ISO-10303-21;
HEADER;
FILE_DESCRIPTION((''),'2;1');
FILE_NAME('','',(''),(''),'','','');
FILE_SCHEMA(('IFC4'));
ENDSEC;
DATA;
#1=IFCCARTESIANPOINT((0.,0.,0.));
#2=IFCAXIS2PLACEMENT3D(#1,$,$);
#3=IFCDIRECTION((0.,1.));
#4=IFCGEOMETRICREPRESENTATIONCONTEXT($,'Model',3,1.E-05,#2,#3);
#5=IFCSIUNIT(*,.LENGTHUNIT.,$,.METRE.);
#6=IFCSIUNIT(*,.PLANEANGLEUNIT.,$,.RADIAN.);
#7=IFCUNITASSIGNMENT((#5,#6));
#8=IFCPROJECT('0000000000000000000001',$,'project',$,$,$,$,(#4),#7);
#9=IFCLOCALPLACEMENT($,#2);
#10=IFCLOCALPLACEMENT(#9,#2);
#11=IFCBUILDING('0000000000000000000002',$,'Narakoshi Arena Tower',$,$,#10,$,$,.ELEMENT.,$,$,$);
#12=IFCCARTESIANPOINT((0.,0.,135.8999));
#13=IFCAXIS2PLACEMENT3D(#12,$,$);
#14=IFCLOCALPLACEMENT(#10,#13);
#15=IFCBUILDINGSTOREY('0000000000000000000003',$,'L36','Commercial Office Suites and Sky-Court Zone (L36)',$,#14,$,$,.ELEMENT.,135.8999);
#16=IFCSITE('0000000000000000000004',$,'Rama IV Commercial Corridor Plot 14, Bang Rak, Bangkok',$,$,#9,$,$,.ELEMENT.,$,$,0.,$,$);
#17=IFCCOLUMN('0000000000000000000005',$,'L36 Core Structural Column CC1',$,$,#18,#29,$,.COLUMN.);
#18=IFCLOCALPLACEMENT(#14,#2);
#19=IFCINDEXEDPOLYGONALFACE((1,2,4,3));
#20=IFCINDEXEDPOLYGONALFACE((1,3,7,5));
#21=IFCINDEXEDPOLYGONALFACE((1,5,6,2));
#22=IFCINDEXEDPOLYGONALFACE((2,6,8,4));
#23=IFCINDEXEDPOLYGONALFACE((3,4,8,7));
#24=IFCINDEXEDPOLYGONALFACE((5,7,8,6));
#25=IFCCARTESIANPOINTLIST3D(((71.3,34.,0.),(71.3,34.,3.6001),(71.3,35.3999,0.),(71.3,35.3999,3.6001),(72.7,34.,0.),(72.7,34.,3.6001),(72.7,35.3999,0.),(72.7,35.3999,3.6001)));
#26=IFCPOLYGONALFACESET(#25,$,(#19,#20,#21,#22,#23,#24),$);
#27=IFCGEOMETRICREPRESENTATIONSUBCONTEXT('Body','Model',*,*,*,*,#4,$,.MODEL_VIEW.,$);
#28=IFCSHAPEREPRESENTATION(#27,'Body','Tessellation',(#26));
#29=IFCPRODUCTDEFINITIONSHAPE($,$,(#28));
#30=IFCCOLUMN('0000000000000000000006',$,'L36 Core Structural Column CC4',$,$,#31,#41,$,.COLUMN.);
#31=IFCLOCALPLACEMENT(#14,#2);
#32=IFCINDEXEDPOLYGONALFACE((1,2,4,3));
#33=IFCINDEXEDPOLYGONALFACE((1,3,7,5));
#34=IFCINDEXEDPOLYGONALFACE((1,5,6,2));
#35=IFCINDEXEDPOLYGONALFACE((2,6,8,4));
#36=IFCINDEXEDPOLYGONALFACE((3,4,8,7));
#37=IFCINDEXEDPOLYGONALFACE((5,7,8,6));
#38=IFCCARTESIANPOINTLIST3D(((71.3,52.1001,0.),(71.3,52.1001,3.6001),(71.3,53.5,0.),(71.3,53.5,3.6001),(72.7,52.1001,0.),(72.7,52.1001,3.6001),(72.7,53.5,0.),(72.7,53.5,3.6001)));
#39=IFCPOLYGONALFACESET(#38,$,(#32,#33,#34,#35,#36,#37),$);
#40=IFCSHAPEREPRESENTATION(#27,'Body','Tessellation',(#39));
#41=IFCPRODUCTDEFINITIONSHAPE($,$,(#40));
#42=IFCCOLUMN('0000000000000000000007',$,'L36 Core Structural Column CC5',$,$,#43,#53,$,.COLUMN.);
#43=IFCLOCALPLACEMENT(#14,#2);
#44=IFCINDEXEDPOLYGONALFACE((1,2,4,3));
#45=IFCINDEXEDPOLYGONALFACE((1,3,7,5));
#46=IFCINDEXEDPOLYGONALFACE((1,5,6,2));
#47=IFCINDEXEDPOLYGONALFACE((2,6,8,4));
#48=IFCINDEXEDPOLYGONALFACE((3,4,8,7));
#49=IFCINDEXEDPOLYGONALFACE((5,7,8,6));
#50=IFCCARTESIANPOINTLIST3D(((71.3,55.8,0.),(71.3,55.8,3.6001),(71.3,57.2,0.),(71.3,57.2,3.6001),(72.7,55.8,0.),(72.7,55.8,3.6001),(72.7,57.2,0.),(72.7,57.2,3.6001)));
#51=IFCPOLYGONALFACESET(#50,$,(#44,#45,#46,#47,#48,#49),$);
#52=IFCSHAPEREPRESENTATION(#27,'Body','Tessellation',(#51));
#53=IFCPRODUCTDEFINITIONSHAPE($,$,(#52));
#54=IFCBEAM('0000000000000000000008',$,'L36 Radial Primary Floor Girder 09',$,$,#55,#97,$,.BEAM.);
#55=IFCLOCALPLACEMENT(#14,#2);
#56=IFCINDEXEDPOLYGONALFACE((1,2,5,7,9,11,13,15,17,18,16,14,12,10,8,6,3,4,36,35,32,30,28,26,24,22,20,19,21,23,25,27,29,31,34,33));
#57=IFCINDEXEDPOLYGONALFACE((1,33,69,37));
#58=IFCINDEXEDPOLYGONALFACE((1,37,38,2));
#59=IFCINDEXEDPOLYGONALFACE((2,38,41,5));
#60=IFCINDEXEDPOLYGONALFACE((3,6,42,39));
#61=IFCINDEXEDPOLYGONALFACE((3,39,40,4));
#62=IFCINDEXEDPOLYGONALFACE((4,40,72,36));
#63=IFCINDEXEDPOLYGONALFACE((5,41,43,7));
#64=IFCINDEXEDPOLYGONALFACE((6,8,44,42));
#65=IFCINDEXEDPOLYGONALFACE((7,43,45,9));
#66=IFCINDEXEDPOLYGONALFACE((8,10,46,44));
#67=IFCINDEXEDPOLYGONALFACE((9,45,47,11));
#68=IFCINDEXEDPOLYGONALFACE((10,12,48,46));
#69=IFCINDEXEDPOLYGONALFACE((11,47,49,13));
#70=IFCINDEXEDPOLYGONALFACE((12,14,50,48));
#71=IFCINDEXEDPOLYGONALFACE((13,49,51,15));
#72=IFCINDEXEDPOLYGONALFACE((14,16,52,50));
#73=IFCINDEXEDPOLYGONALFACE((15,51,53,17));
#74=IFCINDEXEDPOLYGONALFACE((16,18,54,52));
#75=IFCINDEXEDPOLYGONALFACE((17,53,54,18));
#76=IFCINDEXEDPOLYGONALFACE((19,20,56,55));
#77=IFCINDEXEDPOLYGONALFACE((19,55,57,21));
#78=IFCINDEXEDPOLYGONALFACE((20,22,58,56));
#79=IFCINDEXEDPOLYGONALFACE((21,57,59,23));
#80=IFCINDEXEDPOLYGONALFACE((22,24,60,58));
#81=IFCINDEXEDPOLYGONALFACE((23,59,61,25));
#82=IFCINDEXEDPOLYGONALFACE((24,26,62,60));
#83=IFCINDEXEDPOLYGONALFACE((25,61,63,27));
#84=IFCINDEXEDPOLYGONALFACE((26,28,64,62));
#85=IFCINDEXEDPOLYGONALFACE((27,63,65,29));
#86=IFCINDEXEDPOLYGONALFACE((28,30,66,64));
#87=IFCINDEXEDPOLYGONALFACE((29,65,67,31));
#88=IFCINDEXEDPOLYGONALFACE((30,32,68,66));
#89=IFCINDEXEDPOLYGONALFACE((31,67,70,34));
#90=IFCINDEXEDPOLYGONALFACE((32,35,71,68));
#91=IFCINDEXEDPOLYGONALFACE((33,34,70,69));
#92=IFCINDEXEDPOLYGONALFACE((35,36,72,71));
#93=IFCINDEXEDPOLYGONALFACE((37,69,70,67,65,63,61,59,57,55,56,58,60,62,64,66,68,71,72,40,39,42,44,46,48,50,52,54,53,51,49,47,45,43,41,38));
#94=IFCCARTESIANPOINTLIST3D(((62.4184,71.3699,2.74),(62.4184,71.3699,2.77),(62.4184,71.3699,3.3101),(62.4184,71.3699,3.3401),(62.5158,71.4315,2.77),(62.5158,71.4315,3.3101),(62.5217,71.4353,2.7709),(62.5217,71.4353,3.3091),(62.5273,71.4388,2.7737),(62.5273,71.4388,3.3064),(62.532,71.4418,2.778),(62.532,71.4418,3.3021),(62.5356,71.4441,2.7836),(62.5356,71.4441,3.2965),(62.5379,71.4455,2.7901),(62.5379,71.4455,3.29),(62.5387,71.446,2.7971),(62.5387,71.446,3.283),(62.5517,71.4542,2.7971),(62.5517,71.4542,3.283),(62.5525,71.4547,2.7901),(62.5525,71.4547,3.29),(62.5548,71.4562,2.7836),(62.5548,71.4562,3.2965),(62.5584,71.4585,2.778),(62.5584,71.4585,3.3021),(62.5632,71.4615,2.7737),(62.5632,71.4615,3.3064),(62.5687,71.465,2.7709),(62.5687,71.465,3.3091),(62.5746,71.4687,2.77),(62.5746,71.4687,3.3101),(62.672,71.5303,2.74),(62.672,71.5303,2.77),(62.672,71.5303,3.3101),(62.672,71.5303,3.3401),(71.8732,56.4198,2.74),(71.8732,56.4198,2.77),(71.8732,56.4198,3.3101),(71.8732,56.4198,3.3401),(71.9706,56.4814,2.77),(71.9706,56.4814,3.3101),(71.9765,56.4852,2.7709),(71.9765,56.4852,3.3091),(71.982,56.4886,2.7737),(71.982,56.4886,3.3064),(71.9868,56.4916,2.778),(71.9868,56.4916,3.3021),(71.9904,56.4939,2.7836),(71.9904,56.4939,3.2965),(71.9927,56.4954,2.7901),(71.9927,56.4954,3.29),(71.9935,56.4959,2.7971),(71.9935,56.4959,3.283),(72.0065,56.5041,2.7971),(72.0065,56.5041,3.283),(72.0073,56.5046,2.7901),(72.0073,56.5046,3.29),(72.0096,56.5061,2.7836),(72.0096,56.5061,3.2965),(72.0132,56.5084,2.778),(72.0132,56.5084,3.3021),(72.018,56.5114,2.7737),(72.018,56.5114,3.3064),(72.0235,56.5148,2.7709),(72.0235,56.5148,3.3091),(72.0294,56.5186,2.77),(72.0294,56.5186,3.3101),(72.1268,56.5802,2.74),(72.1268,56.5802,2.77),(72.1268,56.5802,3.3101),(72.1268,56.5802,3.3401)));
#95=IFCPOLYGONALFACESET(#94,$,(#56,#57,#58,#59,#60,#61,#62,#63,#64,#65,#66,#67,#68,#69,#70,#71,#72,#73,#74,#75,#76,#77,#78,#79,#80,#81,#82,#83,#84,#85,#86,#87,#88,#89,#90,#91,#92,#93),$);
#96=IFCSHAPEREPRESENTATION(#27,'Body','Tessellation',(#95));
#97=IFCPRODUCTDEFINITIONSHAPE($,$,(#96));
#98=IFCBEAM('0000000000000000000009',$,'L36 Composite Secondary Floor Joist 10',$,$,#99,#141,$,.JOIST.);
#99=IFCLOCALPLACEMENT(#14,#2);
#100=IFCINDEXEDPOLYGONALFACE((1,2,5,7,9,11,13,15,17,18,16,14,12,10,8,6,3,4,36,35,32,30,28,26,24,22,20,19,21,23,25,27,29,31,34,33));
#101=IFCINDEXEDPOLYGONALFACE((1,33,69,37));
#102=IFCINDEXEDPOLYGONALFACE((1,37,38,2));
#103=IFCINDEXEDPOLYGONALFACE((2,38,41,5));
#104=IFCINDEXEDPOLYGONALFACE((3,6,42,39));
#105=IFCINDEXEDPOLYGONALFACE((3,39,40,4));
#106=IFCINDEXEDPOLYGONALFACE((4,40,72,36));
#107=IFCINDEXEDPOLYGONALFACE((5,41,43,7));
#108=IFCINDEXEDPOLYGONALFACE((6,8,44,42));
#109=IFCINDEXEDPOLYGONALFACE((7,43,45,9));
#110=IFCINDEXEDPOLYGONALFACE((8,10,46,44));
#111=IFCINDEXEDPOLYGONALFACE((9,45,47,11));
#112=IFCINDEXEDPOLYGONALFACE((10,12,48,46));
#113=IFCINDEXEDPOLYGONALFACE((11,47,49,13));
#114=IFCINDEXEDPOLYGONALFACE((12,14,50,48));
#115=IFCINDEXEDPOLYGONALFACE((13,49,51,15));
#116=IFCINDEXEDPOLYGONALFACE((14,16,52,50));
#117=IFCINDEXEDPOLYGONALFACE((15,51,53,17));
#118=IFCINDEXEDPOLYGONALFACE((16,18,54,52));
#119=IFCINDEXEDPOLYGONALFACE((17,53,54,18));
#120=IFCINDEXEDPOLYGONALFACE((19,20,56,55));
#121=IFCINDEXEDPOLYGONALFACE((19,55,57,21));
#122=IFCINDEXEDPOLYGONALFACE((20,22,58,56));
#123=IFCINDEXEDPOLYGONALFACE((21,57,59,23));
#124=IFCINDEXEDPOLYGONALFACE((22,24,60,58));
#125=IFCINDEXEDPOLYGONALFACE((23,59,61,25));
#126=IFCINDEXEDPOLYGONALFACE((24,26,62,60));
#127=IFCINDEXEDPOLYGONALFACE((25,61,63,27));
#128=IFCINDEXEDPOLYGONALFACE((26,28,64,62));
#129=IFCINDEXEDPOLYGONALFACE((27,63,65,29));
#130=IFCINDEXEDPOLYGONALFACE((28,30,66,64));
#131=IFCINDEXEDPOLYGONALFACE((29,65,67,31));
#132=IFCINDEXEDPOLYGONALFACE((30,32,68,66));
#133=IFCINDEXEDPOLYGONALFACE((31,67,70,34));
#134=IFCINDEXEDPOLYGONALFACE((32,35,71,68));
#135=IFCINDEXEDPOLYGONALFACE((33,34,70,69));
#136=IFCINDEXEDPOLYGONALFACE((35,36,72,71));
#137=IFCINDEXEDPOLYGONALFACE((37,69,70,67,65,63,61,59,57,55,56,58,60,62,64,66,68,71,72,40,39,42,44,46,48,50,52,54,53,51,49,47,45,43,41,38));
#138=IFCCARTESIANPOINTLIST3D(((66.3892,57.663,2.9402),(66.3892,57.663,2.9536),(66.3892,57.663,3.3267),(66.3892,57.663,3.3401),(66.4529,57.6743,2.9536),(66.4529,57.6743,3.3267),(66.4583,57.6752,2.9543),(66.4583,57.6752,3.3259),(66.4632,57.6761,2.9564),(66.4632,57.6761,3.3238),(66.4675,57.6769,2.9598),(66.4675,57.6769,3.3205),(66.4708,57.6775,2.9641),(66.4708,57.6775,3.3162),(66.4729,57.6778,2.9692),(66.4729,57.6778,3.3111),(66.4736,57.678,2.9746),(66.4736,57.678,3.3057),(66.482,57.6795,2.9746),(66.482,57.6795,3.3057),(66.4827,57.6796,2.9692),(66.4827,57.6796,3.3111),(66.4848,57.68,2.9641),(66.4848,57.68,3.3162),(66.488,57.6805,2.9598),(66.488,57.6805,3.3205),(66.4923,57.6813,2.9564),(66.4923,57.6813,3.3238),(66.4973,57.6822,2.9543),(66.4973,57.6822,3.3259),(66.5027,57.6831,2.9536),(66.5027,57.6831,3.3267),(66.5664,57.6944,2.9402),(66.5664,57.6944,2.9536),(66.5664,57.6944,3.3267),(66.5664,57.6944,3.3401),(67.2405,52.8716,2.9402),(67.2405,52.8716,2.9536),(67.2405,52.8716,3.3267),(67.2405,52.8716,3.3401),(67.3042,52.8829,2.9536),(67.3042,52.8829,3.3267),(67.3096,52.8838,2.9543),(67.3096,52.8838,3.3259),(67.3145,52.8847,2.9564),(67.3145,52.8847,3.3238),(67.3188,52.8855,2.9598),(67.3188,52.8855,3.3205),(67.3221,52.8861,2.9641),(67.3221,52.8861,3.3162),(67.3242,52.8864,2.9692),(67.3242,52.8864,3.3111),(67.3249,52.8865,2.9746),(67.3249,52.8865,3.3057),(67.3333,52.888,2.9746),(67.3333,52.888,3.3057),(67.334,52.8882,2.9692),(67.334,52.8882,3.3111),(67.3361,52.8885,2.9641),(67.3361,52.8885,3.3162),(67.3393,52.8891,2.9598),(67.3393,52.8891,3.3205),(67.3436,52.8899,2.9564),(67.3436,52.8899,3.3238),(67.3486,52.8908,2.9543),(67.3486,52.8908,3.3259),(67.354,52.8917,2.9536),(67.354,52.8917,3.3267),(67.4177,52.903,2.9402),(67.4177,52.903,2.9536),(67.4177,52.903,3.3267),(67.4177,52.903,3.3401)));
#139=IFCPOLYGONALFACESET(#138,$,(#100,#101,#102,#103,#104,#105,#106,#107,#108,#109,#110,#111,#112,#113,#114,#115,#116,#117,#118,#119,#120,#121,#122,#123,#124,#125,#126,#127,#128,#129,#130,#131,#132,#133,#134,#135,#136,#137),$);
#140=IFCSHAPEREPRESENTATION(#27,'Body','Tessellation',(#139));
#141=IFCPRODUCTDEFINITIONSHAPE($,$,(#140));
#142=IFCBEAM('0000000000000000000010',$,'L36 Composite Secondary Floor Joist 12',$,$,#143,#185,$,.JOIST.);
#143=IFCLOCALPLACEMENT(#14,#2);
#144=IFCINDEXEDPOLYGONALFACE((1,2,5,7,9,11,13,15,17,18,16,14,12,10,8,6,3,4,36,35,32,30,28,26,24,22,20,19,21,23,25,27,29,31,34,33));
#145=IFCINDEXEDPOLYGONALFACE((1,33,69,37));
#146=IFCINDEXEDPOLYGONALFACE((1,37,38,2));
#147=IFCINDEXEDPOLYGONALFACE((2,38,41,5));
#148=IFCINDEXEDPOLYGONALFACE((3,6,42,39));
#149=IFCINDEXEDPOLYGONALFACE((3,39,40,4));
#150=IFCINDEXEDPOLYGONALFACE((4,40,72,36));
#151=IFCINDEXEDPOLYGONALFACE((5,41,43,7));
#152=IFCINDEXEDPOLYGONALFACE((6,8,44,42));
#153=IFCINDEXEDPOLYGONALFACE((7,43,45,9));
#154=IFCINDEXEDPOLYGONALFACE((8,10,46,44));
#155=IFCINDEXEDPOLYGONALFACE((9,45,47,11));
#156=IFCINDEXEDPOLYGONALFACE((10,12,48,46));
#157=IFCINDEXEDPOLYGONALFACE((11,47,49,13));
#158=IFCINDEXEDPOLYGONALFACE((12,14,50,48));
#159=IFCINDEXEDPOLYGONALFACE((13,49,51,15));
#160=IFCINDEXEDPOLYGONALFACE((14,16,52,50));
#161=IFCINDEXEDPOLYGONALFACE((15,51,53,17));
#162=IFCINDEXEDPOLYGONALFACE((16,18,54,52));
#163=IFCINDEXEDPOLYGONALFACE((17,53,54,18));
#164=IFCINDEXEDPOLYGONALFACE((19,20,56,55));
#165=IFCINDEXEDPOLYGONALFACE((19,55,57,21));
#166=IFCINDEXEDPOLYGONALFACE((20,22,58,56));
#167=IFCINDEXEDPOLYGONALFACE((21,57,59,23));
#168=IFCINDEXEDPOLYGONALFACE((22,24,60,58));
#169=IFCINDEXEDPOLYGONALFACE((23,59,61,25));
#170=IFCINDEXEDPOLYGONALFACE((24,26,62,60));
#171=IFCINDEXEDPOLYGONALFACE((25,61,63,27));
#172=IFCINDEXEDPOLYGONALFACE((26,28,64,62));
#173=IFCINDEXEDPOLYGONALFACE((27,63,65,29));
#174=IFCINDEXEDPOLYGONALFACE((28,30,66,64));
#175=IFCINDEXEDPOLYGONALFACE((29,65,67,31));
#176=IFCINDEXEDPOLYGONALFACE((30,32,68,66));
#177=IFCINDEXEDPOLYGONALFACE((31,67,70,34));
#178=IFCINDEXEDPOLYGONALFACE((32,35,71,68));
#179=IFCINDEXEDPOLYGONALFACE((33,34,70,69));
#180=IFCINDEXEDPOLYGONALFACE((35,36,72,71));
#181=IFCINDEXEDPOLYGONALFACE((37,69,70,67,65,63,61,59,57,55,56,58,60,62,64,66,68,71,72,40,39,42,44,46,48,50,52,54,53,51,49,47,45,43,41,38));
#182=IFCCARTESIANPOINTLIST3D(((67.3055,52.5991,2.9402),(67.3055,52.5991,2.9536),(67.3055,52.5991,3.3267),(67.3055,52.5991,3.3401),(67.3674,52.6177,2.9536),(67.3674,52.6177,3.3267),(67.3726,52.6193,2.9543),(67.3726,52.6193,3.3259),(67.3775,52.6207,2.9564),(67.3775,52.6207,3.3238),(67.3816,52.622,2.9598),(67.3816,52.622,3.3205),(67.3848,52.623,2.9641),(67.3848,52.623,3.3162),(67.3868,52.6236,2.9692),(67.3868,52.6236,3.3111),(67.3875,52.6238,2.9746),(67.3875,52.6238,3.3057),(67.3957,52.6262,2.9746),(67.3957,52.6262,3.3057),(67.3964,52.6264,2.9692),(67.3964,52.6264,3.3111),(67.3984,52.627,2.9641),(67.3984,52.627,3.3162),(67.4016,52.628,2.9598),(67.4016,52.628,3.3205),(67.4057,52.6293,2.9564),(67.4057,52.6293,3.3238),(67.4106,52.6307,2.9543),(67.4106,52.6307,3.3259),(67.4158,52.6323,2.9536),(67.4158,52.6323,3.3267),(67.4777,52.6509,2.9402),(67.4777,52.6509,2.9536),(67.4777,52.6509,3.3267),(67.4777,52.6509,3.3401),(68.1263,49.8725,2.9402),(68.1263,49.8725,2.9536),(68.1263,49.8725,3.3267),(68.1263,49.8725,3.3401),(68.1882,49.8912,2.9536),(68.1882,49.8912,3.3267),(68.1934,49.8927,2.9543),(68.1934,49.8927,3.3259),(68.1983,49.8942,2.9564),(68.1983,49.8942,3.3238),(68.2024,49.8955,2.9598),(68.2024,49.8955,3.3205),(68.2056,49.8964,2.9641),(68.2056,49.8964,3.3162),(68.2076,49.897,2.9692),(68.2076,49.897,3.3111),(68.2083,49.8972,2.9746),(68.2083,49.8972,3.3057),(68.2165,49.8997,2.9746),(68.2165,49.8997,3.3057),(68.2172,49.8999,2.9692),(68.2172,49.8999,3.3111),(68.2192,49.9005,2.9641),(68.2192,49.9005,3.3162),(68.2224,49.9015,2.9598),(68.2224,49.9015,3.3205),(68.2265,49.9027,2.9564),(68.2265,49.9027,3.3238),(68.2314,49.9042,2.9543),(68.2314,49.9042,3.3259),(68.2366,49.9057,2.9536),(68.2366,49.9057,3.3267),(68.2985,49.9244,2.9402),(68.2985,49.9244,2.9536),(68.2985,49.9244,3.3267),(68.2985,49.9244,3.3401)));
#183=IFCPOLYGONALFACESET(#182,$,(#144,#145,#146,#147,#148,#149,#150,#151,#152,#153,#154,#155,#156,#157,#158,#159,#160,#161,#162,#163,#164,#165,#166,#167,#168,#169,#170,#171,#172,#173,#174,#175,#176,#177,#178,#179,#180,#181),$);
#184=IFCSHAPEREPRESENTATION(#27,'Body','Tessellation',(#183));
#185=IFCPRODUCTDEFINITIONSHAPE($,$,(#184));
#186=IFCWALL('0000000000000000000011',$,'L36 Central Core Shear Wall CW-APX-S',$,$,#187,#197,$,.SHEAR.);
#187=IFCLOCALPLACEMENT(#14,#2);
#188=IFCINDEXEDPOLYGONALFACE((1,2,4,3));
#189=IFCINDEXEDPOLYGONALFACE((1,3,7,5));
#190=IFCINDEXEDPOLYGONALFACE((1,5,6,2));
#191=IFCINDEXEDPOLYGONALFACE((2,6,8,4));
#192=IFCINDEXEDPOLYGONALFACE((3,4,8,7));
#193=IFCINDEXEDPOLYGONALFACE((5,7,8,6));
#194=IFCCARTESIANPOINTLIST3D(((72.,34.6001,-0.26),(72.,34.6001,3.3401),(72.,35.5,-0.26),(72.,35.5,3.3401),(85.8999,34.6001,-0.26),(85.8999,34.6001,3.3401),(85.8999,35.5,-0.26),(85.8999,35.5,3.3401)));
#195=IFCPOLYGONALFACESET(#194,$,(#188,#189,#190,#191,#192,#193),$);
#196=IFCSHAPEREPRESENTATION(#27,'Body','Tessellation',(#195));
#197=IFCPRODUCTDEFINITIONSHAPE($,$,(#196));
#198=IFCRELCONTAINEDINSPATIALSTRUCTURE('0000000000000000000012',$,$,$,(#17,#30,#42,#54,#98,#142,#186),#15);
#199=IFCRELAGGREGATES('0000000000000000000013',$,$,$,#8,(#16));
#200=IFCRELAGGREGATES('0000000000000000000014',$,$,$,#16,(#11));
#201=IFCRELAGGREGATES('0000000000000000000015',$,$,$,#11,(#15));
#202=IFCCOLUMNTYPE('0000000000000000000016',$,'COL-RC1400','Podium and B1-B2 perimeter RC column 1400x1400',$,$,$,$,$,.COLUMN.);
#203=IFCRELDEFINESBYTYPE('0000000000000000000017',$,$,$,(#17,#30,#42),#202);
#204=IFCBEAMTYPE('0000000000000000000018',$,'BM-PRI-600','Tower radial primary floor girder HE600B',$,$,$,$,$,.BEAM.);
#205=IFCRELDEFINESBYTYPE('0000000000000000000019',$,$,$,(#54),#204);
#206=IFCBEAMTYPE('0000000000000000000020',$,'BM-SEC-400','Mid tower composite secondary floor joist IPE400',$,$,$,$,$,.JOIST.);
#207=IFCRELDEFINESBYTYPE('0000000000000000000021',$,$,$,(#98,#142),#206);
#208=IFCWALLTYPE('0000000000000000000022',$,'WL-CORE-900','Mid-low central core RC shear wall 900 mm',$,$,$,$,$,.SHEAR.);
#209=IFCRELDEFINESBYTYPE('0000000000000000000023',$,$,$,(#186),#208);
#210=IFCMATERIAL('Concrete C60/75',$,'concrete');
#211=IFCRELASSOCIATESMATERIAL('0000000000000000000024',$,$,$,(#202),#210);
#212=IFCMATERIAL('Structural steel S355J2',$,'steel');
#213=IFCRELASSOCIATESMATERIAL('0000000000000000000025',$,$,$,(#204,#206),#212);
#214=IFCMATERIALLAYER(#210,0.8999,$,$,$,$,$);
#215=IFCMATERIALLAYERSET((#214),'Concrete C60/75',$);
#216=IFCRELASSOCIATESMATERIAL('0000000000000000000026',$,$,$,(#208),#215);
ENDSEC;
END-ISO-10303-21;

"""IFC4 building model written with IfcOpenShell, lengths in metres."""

from ifc_helpers import new_model, si_unit, direction, frame, frame_2d, origin, origin_2d, place, context, subcontext, project, spatial, rectangle, i_section, extrude, material, layer, layer_set, material_profile, profile_set, type_object, element, save


model = new_model("IFC4")

# Units and contexts
model_context = context("Model", 3, precision=1e-05, world=origin(), true_north=direction((0.0, 1.0)))
body_context = subcontext(model_context, "Body", "Model", "MODEL_VIEW")
ifc_project = project(units=[si_unit("LENGTHUNIT", "METRE"), si_unit("PLANEANGLEUNIT", "RADIAN")], contexts=[model_context])

# Site, building, storey
site_placement = place(None, origin())
site = spatial("IfcSite", under=ifc_project, at=site_placement, Name="Rama IV Commercial Corridor Plot 14, Bang Rak, Bangkok", CompositionType="ELEMENT", RefElevation=0.0)
building_placement = place(site_placement, origin())
building = spatial("IfcBuilding", under=site, at=building_placement, Name="Narakoshi Arena Tower", CompositionType="ELEMENT")
storey_placement = place(building_placement, frame((0.0, 0.0, 135.8999)))
storey = spatial("IfcBuildingStorey", under=building, at=storey_placement, Name="L36", Description="Commercial Office Suites and Sky-Court Zone (L36)", CompositionType="ELEMENT", Elevation=135.8999)

# Columns
ifc_material_1 = material(Name="Concrete C60/75", Category="concrete")
ifc_material_profile_1 = material_profile(ifc_material_1, rectangle(XDim=1.3999, YDim=1.3999, at=origin_2d()), Name="RC1400x1400")
ifc_profile_set_1 = profile_set([ifc_material_profile_1], Name="Concrete C60/75")
column_type = type_object("IfcColumnType", Name="COL-RC1400", Description="Podium and B1-B2 perimeter RC column 1400x1400", PredefinedType="COLUMN", material=ifc_profile_set_1)
for number, where, z_axis, x_axis, name in (
    (1, (72.0, 34.7, 0.0), (0.0, 0.0, 1.0), (1.0, 0.0, 0.0), "L36 Core Structural Column CC1"),
    (2, (72.0, 52.8, 0.0), (0.0, 0.0, 1.0), (1.0, 0.0, 0.0), "L36 Core Structural Column CC4"),
    (3, (72.0, 56.5, 0.0), (0.0, 0.0, 1.0), (1.0, 0.0, 0.0), "L36 Core Structural Column CC5"),
):
    element("IfcColumn", number, at=place(storey_placement, frame(where, z_axis=z_axis, x_axis=x_axis)), inside=storey, type_object=column_type, Name=name, PredefinedType="COLUMN", context=body_context, shape_type="SweptSolid", body=[
        extrude(rectangle(XDim=1.3999, YDim=1.3999, at=origin_2d()), origin(), (0.0, 0.0, 1.0), 3.6001),
    ])

# Beams
ifc_material_2 = material(Name="Structural steel S355J2", Category="steel")
ifc_material_profile_2 = material_profile(ifc_material_2, i_section(OverallWidth=0.3, OverallDepth=0.6001, WebThickness=0.0154, FlangeThickness=0.03, FilletRadius=0.0271, at=origin_2d()), Name="HE600B")
ifc_profile_set_2 = profile_set([ifc_material_profile_2], Name="Structural steel S355J2")
beam_type_1 = type_object("IfcBeamType", Name="BM-PRI-600", Description="Tower radial primary floor girder HE600B", PredefinedType="BEAM", material=ifc_profile_set_2)
beam_1_placement = place(storey_placement, frame((72.0, 56.5, 3.04), z_axis=(-0.534502, 0.845167, 0.0), x_axis=(-0.845167, -0.534502, 0.0)))
element("IfcBeam", 4, at=beam_1_placement, inside=storey, type_object=beam_type_1, Name="L36 Radial Primary Floor Girder 09", PredefinedType="BEAM", context=body_context, shape_type="SweptSolid", body=[
    extrude(i_section(OverallWidth=0.3, OverallDepth=0.6001, WebThickness=0.0154, FlangeThickness=0.03, FilletRadius=0.0271, at=origin_2d()), origin(), (0.0, 0.0, 1.0), 17.689),
])
ifc_material_profile_3 = material_profile(ifc_material_2, i_section(OverallWidth=0.1799, OverallDepth=0.3999, WebThickness=0.0085, FlangeThickness=0.0134, FilletRadius=0.021, at=origin_2d()), Name="IPE400")
ifc_profile_set_3 = profile_set([ifc_material_profile_3], Name="Structural steel S355J2")
beam_type_2 = type_object("IfcBeamType", Name="BM-SEC-400", Description="Mid tower composite secondary floor joist IPE400", PredefinedType="JOIST", material=ifc_profile_set_3)
beam_2_placement = place(storey_placement, frame((66.4778, 57.6787, 3.1401), z_axis=(0.174933, -0.98458, 0.0), x_axis=(0.98458, 0.174933, 0.0)))
element("IfcBeam", 5, at=beam_2_placement, inside=storey, type_object=beam_type_2, Name="L36 Composite Secondary Floor Joist 10", PredefinedType="JOIST", context=body_context, shape_type="SweptSolid", body=[
    extrude(i_section(OverallWidth=0.1799, OverallDepth=0.3999, WebThickness=0.0085, FlangeThickness=0.0134, FilletRadius=0.021, at=origin_2d()), origin(), (0.0, 0.0, 1.0), 4.8665),
])
beam_3_placement = place(storey_placement, frame((67.3916, 52.625, 3.1401), z_axis=(0.28826, -0.957552, 0.0), x_axis=(0.957552, 0.28826, 0.0)))
element("IfcBeam", 6, at=beam_3_placement, inside=storey, type_object=beam_type_2, Name="L36 Composite Secondary Floor Joist 12", PredefinedType="JOIST", context=body_context, shape_type="SweptSolid", body=[
    extrude(i_section(OverallWidth=0.1799, OverallDepth=0.3999, WebThickness=0.0085, FlangeThickness=0.0134, FilletRadius=0.021, at=origin_2d()), origin(), (0.0, 0.0, 1.0), 2.8474),
])

# Wall
ifc_layer_1 = layer(ifc_material_1, 0.8999)
ifc_layer_set_1 = layer_set([ifc_layer_1], Name="Concrete C60/75")
wall_type_1 = type_object("IfcWallType", Name="WL-CORE-900", Description="Mid-low central core RC shear wall 900 mm", PredefinedType="SHEAR", material=ifc_layer_set_1)
for number, where, z_axis, x_axis, name in (
    (7, (72.0, 35.05, -0.26), (0.0, 0.0, 1.0), (1.0, 0.0, 0.0), "L36 Central Core Shear Wall CW-APX-S"),
):
    element("IfcWall", number, at=place(storey_placement, frame(where, z_axis=z_axis, x_axis=x_axis)), inside=storey, type_object=wall_type_1, Name=name, PredefinedType="SHEAR", context=body_context, shape_type="SweptSolid", body=[
        extrude(rectangle(XDim=13.8999, YDim=0.8999, at=frame_2d((6.95, 0.0))), origin(), (0.0, 0.0, 1.0), 3.6001),
    ])

save(model, "model.ifc")
